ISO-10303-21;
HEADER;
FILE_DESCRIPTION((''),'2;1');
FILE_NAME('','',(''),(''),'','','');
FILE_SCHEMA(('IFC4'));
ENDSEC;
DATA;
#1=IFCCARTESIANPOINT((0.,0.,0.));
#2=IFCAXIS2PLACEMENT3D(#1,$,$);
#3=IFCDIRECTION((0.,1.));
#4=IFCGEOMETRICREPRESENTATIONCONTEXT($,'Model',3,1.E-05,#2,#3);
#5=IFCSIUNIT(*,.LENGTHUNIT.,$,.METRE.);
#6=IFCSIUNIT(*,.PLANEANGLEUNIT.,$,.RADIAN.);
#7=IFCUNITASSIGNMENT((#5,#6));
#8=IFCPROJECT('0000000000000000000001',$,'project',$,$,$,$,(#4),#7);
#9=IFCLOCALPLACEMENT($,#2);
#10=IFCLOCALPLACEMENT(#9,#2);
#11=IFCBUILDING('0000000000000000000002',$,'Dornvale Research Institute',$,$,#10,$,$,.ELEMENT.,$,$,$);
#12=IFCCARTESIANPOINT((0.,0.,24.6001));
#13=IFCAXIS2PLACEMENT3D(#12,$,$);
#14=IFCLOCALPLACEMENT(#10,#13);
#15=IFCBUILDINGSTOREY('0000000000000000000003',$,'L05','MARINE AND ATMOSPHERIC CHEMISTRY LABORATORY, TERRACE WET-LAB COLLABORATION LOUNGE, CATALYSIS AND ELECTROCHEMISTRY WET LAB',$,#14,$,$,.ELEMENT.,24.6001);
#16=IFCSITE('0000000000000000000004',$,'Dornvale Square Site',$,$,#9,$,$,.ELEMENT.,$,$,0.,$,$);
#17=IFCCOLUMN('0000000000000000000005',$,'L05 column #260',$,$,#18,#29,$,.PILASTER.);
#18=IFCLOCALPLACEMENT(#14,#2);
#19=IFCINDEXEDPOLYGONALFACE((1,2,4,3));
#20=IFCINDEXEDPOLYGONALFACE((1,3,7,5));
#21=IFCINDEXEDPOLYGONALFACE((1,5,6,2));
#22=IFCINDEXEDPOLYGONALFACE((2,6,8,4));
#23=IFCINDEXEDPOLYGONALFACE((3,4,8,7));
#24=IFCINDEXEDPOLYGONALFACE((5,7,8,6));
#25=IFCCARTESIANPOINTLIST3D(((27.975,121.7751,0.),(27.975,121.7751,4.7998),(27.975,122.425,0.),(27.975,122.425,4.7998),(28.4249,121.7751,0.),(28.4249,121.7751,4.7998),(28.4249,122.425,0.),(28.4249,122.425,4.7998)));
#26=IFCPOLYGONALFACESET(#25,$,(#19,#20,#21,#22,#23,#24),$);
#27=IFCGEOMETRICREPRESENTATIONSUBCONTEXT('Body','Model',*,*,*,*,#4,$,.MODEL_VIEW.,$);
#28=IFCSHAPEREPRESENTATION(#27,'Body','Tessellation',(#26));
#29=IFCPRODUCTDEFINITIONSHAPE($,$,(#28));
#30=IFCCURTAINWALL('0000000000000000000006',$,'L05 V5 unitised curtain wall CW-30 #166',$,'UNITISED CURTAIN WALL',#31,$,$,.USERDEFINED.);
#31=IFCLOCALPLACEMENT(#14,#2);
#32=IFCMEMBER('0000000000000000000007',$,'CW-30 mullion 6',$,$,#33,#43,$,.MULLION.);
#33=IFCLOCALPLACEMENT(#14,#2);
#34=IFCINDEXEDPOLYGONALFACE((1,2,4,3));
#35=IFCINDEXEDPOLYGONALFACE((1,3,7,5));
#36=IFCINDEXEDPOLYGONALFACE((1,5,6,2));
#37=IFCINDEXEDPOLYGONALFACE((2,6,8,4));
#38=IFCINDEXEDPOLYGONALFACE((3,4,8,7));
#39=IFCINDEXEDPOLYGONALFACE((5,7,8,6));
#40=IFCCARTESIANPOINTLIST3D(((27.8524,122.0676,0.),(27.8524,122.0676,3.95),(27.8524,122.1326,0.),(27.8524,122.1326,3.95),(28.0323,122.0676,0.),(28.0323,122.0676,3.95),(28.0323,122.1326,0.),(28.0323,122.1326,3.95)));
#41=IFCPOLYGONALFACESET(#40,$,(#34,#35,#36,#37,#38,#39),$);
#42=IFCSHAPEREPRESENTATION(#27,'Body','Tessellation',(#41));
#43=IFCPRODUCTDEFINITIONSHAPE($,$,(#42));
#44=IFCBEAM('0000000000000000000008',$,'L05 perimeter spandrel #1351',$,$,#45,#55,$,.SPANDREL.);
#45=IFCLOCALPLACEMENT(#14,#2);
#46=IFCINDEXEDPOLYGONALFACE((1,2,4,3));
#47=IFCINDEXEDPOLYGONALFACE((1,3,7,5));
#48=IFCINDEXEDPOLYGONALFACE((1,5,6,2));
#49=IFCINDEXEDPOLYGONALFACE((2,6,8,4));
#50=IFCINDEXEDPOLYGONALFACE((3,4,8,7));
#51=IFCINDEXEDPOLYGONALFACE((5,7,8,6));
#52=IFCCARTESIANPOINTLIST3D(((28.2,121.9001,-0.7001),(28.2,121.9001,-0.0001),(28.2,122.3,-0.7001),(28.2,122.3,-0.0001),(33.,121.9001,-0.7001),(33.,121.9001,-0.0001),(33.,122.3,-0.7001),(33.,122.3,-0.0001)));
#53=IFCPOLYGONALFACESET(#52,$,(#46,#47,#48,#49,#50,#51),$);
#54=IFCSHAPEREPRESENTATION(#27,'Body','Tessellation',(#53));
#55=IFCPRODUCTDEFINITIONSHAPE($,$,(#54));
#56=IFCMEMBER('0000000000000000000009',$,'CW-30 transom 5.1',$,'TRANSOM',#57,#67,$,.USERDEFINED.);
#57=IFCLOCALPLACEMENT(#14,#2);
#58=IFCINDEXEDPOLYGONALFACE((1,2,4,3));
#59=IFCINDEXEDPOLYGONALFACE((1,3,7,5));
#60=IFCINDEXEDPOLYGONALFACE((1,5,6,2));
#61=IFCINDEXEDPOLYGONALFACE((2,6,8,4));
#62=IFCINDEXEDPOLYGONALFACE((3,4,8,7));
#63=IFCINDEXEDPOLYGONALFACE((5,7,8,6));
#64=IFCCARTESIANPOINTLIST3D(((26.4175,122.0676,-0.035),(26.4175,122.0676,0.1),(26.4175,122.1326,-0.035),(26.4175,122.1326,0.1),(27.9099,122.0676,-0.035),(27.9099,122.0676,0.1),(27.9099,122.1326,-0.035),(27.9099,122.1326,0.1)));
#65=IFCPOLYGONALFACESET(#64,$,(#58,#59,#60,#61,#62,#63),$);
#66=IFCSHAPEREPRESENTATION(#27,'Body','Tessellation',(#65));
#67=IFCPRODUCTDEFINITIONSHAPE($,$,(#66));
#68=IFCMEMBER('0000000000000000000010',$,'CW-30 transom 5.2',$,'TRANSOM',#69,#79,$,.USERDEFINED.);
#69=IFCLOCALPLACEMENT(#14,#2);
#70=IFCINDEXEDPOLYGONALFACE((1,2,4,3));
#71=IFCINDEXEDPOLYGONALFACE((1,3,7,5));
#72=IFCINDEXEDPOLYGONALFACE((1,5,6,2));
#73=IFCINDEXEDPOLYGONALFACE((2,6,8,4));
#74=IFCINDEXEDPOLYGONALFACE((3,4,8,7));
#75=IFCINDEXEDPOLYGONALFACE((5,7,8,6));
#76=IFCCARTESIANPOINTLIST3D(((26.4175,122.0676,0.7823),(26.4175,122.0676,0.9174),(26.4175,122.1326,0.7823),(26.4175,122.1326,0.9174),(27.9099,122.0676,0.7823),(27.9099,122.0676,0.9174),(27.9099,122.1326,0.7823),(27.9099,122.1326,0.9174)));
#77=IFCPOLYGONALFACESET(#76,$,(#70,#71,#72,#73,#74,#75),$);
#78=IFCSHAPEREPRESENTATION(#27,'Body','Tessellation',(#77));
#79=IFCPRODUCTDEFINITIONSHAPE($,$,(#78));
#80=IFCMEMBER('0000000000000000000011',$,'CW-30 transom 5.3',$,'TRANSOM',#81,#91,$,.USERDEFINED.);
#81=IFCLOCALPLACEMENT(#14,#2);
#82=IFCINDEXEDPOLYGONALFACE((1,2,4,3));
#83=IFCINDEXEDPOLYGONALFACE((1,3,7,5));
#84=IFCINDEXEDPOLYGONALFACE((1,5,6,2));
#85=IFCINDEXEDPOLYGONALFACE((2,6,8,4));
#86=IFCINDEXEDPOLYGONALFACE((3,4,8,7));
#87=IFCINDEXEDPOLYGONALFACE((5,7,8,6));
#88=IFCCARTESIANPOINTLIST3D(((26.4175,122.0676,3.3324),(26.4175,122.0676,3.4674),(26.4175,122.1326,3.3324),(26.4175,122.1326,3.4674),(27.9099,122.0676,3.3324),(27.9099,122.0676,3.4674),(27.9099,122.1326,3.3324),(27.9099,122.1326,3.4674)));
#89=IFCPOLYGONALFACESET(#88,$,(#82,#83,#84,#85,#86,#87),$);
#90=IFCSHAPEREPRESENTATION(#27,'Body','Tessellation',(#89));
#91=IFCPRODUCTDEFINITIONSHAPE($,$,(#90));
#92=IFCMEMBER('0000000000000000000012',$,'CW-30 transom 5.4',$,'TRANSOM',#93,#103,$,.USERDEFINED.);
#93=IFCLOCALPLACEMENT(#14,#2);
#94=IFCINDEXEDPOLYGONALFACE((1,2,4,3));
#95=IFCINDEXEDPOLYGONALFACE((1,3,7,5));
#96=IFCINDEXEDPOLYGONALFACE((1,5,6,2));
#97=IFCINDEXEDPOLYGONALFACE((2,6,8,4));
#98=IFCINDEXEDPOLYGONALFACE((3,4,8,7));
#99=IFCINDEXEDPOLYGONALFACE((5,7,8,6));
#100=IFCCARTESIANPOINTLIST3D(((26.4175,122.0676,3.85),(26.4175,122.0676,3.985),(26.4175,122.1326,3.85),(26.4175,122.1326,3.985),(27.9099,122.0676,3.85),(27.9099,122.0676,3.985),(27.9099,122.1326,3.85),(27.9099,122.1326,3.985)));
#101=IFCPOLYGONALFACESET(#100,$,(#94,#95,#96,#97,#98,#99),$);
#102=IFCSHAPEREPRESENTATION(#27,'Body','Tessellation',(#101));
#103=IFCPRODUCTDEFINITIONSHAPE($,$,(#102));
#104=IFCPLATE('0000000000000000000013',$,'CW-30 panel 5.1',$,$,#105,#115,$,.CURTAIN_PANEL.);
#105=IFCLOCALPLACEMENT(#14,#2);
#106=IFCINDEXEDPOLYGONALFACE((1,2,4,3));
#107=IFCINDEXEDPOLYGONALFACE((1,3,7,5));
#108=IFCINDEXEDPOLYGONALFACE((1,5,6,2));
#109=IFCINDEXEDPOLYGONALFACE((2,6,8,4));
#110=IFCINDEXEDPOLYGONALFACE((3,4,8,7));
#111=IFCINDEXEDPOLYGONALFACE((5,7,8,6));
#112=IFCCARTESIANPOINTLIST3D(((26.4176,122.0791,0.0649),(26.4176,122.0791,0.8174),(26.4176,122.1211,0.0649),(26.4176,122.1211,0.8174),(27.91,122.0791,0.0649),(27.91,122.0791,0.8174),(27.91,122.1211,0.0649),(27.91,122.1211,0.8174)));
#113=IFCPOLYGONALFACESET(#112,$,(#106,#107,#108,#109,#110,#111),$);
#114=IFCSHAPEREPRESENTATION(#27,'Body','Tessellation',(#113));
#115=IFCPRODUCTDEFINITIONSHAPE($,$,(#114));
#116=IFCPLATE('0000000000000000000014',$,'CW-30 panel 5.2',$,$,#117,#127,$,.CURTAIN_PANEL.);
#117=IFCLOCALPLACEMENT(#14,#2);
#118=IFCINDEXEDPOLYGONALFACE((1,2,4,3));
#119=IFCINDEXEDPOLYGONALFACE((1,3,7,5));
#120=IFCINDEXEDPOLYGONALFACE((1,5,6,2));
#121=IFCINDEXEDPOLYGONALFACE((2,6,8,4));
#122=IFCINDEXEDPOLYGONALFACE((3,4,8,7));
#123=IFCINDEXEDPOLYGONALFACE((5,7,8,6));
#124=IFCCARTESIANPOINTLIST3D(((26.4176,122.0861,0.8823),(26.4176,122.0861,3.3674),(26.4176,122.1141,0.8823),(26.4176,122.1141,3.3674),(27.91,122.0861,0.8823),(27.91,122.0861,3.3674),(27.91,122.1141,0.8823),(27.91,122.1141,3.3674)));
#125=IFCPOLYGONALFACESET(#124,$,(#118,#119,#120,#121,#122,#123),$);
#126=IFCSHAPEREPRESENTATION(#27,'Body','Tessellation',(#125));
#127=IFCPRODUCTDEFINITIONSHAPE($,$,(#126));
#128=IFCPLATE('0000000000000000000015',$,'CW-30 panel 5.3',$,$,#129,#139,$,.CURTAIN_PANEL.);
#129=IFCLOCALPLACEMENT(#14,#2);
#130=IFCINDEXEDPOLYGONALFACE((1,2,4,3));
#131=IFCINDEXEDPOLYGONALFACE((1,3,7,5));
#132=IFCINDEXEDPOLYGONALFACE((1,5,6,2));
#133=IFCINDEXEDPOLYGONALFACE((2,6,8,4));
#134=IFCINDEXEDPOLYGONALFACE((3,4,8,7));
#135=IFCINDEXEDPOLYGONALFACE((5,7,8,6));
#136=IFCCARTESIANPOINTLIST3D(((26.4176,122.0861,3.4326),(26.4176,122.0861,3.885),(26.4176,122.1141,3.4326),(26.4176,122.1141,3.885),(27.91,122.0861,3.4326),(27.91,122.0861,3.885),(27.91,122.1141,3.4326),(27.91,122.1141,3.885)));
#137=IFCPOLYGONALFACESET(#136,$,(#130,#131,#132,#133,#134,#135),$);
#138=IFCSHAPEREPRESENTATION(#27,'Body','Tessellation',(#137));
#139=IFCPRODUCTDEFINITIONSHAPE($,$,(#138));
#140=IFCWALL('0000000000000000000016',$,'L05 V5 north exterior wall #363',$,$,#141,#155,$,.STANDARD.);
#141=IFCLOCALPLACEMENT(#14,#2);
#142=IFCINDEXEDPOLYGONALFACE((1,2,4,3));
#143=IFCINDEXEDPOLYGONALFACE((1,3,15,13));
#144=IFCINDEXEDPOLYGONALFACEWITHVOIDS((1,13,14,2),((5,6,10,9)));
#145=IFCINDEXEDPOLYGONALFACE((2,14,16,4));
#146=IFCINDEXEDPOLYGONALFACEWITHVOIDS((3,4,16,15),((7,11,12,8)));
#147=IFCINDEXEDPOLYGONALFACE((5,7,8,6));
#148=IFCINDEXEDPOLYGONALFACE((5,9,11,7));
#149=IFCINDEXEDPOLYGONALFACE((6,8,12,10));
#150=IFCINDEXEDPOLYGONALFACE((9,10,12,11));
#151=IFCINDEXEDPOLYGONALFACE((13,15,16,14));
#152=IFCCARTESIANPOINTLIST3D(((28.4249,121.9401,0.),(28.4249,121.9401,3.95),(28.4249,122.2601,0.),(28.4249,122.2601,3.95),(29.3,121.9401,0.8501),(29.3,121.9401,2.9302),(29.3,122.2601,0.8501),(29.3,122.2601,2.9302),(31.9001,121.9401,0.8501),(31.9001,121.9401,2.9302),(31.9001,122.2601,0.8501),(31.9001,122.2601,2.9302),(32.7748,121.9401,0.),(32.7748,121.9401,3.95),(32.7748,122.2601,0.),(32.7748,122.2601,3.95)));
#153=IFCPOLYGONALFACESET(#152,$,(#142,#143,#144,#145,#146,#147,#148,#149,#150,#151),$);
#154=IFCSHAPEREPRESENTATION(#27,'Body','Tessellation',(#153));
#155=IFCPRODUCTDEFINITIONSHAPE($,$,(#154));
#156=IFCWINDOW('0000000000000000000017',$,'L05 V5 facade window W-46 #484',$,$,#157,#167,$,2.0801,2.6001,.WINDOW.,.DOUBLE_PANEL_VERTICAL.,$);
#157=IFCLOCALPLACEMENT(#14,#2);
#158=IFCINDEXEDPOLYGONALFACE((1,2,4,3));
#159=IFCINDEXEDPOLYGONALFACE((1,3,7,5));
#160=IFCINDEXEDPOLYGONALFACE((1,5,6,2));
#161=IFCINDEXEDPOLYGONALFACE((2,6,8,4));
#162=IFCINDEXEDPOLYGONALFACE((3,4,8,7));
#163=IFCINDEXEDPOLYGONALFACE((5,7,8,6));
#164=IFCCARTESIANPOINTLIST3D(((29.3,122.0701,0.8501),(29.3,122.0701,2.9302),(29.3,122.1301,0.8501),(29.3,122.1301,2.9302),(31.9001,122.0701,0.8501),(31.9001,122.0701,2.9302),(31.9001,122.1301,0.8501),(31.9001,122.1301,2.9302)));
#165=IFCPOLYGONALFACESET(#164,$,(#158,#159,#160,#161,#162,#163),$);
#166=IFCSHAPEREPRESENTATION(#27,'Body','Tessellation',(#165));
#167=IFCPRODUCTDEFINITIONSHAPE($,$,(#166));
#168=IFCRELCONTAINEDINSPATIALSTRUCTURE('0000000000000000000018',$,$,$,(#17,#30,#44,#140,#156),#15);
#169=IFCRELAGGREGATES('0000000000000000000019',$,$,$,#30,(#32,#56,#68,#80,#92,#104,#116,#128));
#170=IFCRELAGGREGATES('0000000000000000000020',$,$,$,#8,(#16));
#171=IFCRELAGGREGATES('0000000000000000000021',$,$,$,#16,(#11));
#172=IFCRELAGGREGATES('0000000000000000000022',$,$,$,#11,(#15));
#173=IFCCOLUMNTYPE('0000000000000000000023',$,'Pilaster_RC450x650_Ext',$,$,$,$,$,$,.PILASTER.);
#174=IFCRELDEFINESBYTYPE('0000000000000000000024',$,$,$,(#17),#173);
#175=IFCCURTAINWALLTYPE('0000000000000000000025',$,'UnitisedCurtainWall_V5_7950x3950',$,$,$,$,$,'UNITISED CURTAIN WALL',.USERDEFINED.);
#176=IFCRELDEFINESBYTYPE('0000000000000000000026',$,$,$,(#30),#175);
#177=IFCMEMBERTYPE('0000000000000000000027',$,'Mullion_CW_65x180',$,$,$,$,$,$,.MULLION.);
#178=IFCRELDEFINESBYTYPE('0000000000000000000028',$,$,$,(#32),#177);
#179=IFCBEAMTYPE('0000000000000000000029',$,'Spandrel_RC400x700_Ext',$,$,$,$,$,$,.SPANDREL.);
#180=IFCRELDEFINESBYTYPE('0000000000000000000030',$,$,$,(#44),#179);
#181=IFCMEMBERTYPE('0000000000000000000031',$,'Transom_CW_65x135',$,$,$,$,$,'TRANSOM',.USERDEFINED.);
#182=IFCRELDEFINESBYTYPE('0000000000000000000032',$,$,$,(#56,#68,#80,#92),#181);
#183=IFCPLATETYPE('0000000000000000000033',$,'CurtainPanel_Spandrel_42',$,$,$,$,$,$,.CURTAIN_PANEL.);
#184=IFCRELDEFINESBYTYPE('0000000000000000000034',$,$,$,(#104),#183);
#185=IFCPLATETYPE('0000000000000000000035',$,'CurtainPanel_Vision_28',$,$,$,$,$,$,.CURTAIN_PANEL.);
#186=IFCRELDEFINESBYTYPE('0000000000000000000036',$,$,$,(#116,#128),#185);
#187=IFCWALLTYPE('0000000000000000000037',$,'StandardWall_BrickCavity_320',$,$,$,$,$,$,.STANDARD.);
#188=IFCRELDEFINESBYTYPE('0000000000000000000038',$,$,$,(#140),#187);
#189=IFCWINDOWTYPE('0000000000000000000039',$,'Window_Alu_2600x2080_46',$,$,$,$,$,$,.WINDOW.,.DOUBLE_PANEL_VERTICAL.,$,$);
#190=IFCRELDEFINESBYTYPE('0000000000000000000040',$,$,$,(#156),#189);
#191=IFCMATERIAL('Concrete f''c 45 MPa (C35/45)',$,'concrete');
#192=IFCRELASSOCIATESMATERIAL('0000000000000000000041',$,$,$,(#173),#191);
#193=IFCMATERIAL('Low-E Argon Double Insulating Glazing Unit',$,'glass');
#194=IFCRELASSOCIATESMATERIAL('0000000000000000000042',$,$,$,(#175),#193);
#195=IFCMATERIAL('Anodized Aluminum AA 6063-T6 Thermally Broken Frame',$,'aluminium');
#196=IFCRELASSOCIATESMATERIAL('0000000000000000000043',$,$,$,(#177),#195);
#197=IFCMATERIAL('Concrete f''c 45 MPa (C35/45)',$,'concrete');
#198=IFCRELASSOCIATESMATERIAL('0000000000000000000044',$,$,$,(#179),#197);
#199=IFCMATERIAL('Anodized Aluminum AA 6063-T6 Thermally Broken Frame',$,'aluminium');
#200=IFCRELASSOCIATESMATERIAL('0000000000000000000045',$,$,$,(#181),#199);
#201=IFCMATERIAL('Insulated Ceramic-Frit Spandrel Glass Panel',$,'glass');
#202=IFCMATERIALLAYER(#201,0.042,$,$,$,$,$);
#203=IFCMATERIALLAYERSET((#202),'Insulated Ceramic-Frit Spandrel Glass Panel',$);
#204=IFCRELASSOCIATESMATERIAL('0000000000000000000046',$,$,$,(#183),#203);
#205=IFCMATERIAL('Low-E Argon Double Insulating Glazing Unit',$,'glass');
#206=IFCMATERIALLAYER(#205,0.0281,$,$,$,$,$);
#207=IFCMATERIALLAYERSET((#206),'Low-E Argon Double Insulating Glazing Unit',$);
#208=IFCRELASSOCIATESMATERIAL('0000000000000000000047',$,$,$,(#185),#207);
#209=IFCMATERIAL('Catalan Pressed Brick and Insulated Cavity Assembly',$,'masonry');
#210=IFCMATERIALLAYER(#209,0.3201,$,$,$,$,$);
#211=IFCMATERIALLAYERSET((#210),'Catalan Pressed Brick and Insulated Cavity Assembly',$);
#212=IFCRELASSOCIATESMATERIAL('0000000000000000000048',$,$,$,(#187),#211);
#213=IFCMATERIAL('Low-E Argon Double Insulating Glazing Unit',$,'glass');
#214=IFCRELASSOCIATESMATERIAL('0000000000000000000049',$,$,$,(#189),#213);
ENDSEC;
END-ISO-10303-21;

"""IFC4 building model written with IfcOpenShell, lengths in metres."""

from ifc_helpers import new_model, si_unit, direction, frame, frame_2d, origin, origin_2d, place, context, subcontext, project, spatial, rectangle, extrude, material, layer, layer_set, material_profile, profile_set, type_object, element, fill, aggregate, save


model = new_model("IFC4")

# Units and contexts
model_context = context("Model", 3, precision=1e-05, world=origin(), true_north=direction((0.0, 1.0)))
body_context = subcontext(model_context, "Body", "Model", "MODEL_VIEW")
ifc_project = project(units=[si_unit("LENGTHUNIT", "METRE"), si_unit("PLANEANGLEUNIT", "RADIAN")], contexts=[model_context])

# Site, building, storey
site_placement = place(None, origin())
site = spatial("IfcSite", under=ifc_project, at=site_placement, Name="Dornvale Square Site", CompositionType="ELEMENT", RefElevation=0.0)
building_placement = place(site_placement, origin())
building = spatial("IfcBuilding", under=site, at=building_placement, Name="Dornvale Research Institute", CompositionType="ELEMENT")
storey_placement = place(building_placement, frame((0.0, 0.0, 24.6001)))
storey = spatial("IfcBuildingStorey", under=building, at=storey_placement, Name="L05", Description="MARINE AND ATMOSPHERIC CHEMISTRY LABORATORY, TERRACE WET-LAB COLLABORATION LOUNGE, CATALYSIS AND ELECTROCHEMISTRY WET LAB", CompositionType="ELEMENT", Elevation=24.6001)

# Column
ifc_material_1 = material(Name="Concrete f'c 45 MPa (C35/45)", Category="concrete")
ifc_material_profile_1 = material_profile(ifc_material_1, rectangle(XDim=0.45, YDim=0.6499, at=origin_2d()), Name="RC 450x650")
ifc_profile_set_1 = profile_set([ifc_material_profile_1], Name="Concrete f'c 45 MPa (C35/45)")
column_type = type_object("IfcColumnType", Name="Pilaster_RC450x650_Ext", PredefinedType="PILASTER", material=ifc_profile_set_1)
column_placement = place(storey_placement, frame((28.2, 122.1001, 0.0), z_axis=(0.0, 0.0, 1.0), x_axis=(1.0, 0.0, 0.0)))
element("IfcColumn", 1, at=column_placement, inside=storey, type_object=column_type, Name="L05 column #260", PredefinedType="PILASTER", context=body_context, shape_type="SweptSolid", body=[
    extrude(rectangle(XDim=0.45, YDim=0.6499, at=origin_2d()), origin(), (0.0, 0.0, 1.0), 4.7998),
])

# Curtain wall, member
ifc_material_2 = material(Name="Low-E Argon Double Insulating Glazing Unit", Category="glass")
curtain_wall_type = type_object("IfcCurtainWallType", Name="UnitisedCurtainWall_V5_7950x3950", ElementType="UNITISED CURTAIN WALL", PredefinedType="USERDEFINED", material=ifc_material_2)
curtain_wall_placement = place(storey_placement, origin())
curtain_wall = element("IfcCurtainWall", 2, at=curtain_wall_placement, inside=storey, type_object=curtain_wall_type, Name="L05 V5 unitised curtain wall CW-30 #166", ObjectType="UNITISED CURTAIN WALL", PredefinedType="USERDEFINED")
ifc_material_3 = material(Name="Anodized Aluminum AA 6063-T6 Thermally Broken Frame", Category="aluminium")
ifc_material_profile_2 = material_profile(ifc_material_3, rectangle(XDim=0.0649, YDim=0.1799, at=origin_2d()), Name="ALU MULLION 65x180")
ifc_profile_set_2 = profile_set([ifc_material_profile_2], Name="Anodized Aluminum AA 6063-T6 Thermally Broken Frame")
member_type_1 = type_object("IfcMemberType", Name="Mullion_CW_65x180", PredefinedType="MULLION", material=ifc_profile_set_2)
member_1_placement = place(storey_placement, frame((27.9424, 122.1001, 0.0), z_axis=(0.0, 0.0, 1.0), x_axis=(0.0, 1.0, 0.0)))
member_1 = element("IfcMember", 3, at=member_1_placement, type_object=member_type_1, Name="CW-30 mullion 6", PredefinedType="MULLION", context=body_context, shape_type="SweptSolid", body=[
    extrude(rectangle(XDim=0.0649, YDim=0.1799, at=origin_2d()), origin(), (0.0, 0.0, 1.0), 3.95),
])

# Beam
ifc_material_4 = material(Name="Concrete f'c 45 MPa (C35/45)", Category="concrete")
ifc_material_profile_3 = material_profile(ifc_material_4, rectangle(XDim=0.3999, YDim=0.7, at=origin_2d()), Name="RC 400x700")
ifc_profile_set_3 = profile_set([ifc_material_profile_3], Name="Concrete f'c 45 MPa (C35/45)")
beam_type = type_object("IfcBeamType", Name="Spandrel_RC400x700_Ext", PredefinedType="SPANDREL", material=ifc_profile_set_3)
beam_placement = place(storey_placement, frame((28.2, 122.1001, -0.3501), z_axis=(1.0, 0.0, 0.0), x_axis=(0.0, 1.0, 0.0)))
element("IfcBeam", 4, at=beam_placement, inside=storey, type_object=beam_type, Name="L05 perimeter spandrel #1351", PredefinedType="SPANDREL", context=body_context, shape_type="SweptSolid", body=[
    extrude(rectangle(XDim=0.3999, YDim=0.7, at=origin_2d()), origin(), (0.0, 0.0, 1.0), 4.8),
])

# Members
ifc_material_5 = material(Name="Anodized Aluminum AA 6063-T6 Thermally Broken Frame", Category="aluminium")
ifc_material_profile_4 = material_profile(ifc_material_5, rectangle(XDim=0.0649, YDim=0.135, at=origin_2d()), Name="ALU TRANSOM 65x135")
ifc_profile_set_4 = profile_set([ifc_material_profile_4], Name="Anodized Aluminum AA 6063-T6 Thermally Broken Frame")
member_type_2 = type_object("IfcMemberType", Name="Transom_CW_65x135", ElementType="TRANSOM", PredefinedType="USERDEFINED", material=ifc_profile_set_4)
member_2_placement = place(storey_placement, frame((26.4175, 122.1001, 0.0325), z_axis=(1.0, 0.0, 0.0), x_axis=(0.0, 1.0, 0.0)))
member_2 = element("IfcMember", 5, at=member_2_placement, type_object=member_type_2, Name="CW-30 transom 5.1", ObjectType="TRANSOM", PredefinedType="USERDEFINED", context=body_context, shape_type="SweptSolid", body=[
    extrude(rectangle(XDim=0.0649, YDim=0.135, at=origin_2d()), origin(), (0.0, 0.0, 1.0), 1.4924),
])
member_3_placement = place(storey_placement, frame((26.4175, 122.1001, 0.8499), z_axis=(1.0, 0.0, 0.0), x_axis=(0.0, 1.0, 0.0)))
member_3 = element("IfcMember", 6, at=member_3_placement, type_object=member_type_2, Name="CW-30 transom 5.2", ObjectType="TRANSOM", PredefinedType="USERDEFINED", context=body_context, shape_type="SweptSolid", body=[
    extrude(rectangle(XDim=0.0649, YDim=0.135, at=origin_2d()), origin(), (0.0, 0.0, 1.0), 1.4924),
])
member_4_placement = place(storey_placement, frame((26.4175, 122.1001, 3.3999), z_axis=(1.0, 0.0, 0.0), x_axis=(0.0, 1.0, 0.0)))
member_4 = element("IfcMember", 7, at=member_4_placement, type_object=member_type_2, Name="CW-30 transom 5.3", ObjectType="TRANSOM", PredefinedType="USERDEFINED", context=body_context, shape_type="SweptSolid", body=[
    extrude(rectangle(XDim=0.0649, YDim=0.135, at=origin_2d()), origin(), (0.0, 0.0, 1.0), 1.4924),
])
member_5_placement = place(storey_placement, frame((26.4175, 122.1001, 3.9175), z_axis=(1.0, 0.0, 0.0), x_axis=(0.0, 1.0, 0.0)))
member_5 = element("IfcMember", 8, at=member_5_placement, type_object=member_type_2, Name="CW-30 transom 5.4", ObjectType="TRANSOM", PredefinedType="USERDEFINED", context=body_context, shape_type="SweptSolid", body=[
    extrude(rectangle(XDim=0.0649, YDim=0.135, at=origin_2d()), origin(), (0.0, 0.0, 1.0), 1.4924),
])

# Plates
ifc_material_6 = material(Name="Insulated Ceramic-Frit Spandrel Glass Panel", Category="glass")
ifc_layer_1 = layer(ifc_material_6, 0.042)
ifc_layer_set_1 = layer_set([ifc_layer_1], Name="Insulated Ceramic-Frit Spandrel Glass Panel")
plate_type_1 = type_object("IfcPlateType", Name="CurtainPanel_Spandrel_42", PredefinedType="CURTAIN_PANEL", material=ifc_layer_set_1)
plate_1_placement = place(storey_placement, frame((27.1638, 122.1001, 0.0649), z_axis=(0.0, 0.0, 1.0), x_axis=(1.0, 0.0, 0.0)))
plate_1 = element("IfcPlate", 9, at=plate_1_placement, type_object=plate_type_1, Name="CW-30 panel 5.1", PredefinedType="CURTAIN_PANEL", context=body_context, shape_type="SweptSolid", body=[
    extrude(rectangle(XDim=1.4924, YDim=0.042, at=origin_2d()), origin(), (0.0, 0.0, 1.0), 0.7524),
])
ifc_material_7 = material(Name="Low-E Argon Double Insulating Glazing Unit", Category="glass")
ifc_layer_2 = layer(ifc_material_7, 0.0281)
ifc_layer_set_2 = layer_set([ifc_layer_2], Name="Low-E Argon Double Insulating Glazing Unit")
plate_type_2 = type_object("IfcPlateType", Name="CurtainPanel_Vision_28", PredefinedType="CURTAIN_PANEL", material=ifc_layer_set_2)
plate_2_placement = place(storey_placement, frame((27.1638, 122.1001, 0.8823), z_axis=(0.0, 0.0, 1.0), x_axis=(1.0, 0.0, 0.0)))
plate_2 = element("IfcPlate", 10, at=plate_2_placement, type_object=plate_type_2, Name="CW-30 panel 5.2", PredefinedType="CURTAIN_PANEL", context=body_context, shape_type="SweptSolid", body=[
    extrude(rectangle(XDim=1.4924, YDim=0.0281, at=origin_2d()), origin(), (0.0, 0.0, 1.0), 2.4851),
])
plate_3_placement = place(storey_placement, frame((27.1638, 122.1001, 3.4326), z_axis=(0.0, 0.0, 1.0), x_axis=(1.0, 0.0, 0.0)))
plate_3 = element("IfcPlate", 11, at=plate_3_placement, type_object=plate_type_2, Name="CW-30 panel 5.3", PredefinedType="CURTAIN_PANEL", context=body_context, shape_type="SweptSolid", body=[
    extrude(rectangle(XDim=1.4924, YDim=0.0281, at=origin_2d()), origin(), (0.0, 0.0, 1.0), 0.4524),
])
aggregate(curtain_wall, [member_1, member_2, member_3, member_4, member_5, plate_1, plate_2, plate_3])

# Wall, opening, window
ifc_material_8 = material(Name="Catalan Pressed Brick and Insulated Cavity Assembly", Category="masonry")
ifc_layer_3 = layer(ifc_material_8, 0.3201)
ifc_layer_set_3 = layer_set([ifc_layer_3], Name="Catalan Pressed Brick and Insulated Cavity Assembly")
wall_type = type_object("IfcWallType", Name="StandardWall_BrickCavity_320", PredefinedType="STANDARD", material=ifc_layer_set_3)
wall_placement = place(storey_placement, frame((28.425, 122.1001, 0.0), z_axis=(0.0, 0.0, 1.0), x_axis=(1.0, 0.0, 0.0)))
wall = element("IfcWall", 12, at=wall_placement, inside=storey, type_object=wall_type, Name="L05 V5 north exterior wall #363", PredefinedType="STANDARD", context=body_context, shape_type="SweptSolid", body=[
    extrude(rectangle(XDim=4.3499, YDim=0.3201, at=frame_2d((2.1748, 0.0))), origin(), (0.0, 0.0, 1.0), 3.95),
])
opening_placement = place(wall_placement, frame((0.875, 0.0, 0.8501)))
opening = element("IfcOpeningElement", 13, at=opening_placement, cuts=wall, PredefinedType="OPENING", context=body_context, shape_type="SweptSolid", body=[
    extrude(rectangle(XDim=2.6001, YDim=2.0801, at=frame_2d((1.3, 1.04))), frame((0.0, 0.175, 0.0), z_axis=(0.0, -1.0, 0.0), x_axis=(1.0, 0.0, 0.0)), (0.0, 0.0, 1.0), 0.3501),
])
ifc_material_9 = material(Name="Low-E Argon Double Insulating Glazing Unit", Category="glass")
window_type = type_object("IfcWindowType", Name="Window_Alu_2600x2080_46", PartitioningType="DOUBLE_PANEL_VERTICAL", PredefinedType="WINDOW", material=ifc_material_9)
window_placement = place(opening_placement, origin())
window = element("IfcWindow", 14, at=window_placement, inside=storey, type_object=window_type, Name="L05 V5 facade window W-46 #484", OverallHeight=2.0801, OverallWidth=2.6001, PartitioningType="DOUBLE_PANEL_VERTICAL", PredefinedType="WINDOW", context=body_context, shape_type="SweptSolid", body=[
    extrude(rectangle(XDim=2.6001, YDim=2.0801, at=frame_2d((1.3, 1.04))), frame((0.0, 0.03, 0.0), z_axis=(0.0, -1.0, 0.0), x_axis=(1.0, 0.0, 0.0)), (0.0, 0.0, 1.0), 0.0601),
])
fill(opening, window)

save(model, "model.ifc")
